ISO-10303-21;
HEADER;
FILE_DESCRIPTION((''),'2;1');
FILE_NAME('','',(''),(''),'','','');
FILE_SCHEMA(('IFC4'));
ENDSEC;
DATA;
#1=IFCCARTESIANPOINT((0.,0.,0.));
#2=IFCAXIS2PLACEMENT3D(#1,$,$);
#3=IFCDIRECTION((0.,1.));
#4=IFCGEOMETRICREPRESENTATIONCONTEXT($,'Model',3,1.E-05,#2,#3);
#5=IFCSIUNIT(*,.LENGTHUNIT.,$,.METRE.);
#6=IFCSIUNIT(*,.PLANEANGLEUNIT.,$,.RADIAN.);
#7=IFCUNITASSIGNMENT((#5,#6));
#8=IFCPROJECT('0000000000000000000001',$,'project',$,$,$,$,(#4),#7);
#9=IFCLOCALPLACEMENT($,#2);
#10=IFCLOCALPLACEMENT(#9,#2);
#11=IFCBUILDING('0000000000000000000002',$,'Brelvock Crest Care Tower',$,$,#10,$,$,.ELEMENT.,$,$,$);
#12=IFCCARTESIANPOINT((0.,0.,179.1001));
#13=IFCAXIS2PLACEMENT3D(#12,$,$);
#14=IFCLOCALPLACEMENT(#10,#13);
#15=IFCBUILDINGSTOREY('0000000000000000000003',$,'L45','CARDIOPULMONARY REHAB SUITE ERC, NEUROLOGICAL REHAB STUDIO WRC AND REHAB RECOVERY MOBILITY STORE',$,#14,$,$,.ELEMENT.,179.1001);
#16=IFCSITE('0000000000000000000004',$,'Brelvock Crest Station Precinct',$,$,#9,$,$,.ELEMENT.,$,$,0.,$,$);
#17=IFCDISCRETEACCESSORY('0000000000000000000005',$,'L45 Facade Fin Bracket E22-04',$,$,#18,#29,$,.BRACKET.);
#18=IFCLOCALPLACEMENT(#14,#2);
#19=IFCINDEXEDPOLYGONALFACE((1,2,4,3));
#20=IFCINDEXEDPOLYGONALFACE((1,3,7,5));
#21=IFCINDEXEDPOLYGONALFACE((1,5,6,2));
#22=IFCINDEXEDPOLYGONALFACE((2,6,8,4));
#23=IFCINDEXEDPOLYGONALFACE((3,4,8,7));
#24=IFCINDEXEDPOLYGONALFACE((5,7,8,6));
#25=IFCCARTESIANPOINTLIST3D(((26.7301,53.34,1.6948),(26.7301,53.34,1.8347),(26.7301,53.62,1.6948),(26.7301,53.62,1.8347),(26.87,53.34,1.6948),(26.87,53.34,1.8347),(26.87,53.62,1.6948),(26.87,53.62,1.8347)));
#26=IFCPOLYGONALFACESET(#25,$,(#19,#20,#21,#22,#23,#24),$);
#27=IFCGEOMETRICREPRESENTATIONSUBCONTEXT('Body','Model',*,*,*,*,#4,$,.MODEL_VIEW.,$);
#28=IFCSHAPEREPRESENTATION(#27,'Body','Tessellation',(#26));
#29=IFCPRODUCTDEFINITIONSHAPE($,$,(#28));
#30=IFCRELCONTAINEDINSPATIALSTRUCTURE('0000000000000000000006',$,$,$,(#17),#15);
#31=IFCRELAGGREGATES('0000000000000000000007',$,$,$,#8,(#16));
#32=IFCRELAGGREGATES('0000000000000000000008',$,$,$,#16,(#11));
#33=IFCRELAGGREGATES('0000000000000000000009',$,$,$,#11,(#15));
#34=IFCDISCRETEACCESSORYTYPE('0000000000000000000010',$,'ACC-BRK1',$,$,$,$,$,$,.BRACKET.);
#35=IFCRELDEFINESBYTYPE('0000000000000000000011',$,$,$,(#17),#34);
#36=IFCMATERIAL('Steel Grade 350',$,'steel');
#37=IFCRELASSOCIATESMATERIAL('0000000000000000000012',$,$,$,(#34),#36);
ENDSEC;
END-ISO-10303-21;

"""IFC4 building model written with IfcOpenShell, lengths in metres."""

from ifc_helpers import new_model, si_unit, direction, frame, origin, origin_2d, place, context, subcontext, project, spatial, rectangle, extrude, source, transform, mapped, material, type_object, element, save


model = new_model("IFC4")

# Units and contexts
model_context = context("Model", 3, precision=1e-05, world=origin(), true_north=direction((0.0, 1.0)))
body_context = subcontext(model_context, "Body", "Model", "MODEL_VIEW")
ifc_project = project(units=[si_unit("LENGTHUNIT", "METRE"), si_unit("PLANEANGLEUNIT", "RADIAN")], contexts=[model_context])

# Site, building, storey
site_placement = place(None, origin())
site = spatial("IfcSite", under=ifc_project, at=site_placement, Name="Brelvock Crest Station Precinct", CompositionType="ELEMENT", RefElevation=0.0)
building_placement = place(site_placement, origin())
building = spatial("IfcBuilding", under=site, at=building_placement, Name="Brelvock Crest Care Tower", CompositionType="ELEMENT")
storey_placement = place(building_placement, frame((0.0, 0.0, 179.1001)))
storey = spatial("IfcBuildingStorey", under=building, at=storey_placement, Name="L45", Description="CARDIOPULMONARY REHAB SUITE ERC, NEUROLOGICAL REHAB STUDIO WRC AND REHAB RECOVERY MOBILITY STORE", CompositionType="ELEMENT", Elevation=179.1001)

# Shared definitions
ifc_material_1 = material(Name="Steel Grade 350", Category="steel")

# Discrete accessory
discrete_accessory_type = type_object("IfcDiscreteAccessoryType", Name="ACC-BRK1", PredefinedType="BRACKET", material=ifc_material_1)
shared_shape_1 = source(origin(), body_context, "Body", "SweptSolid", [
    extrude(rectangle(XDim=0.28, YDim=0.1399, at=origin_2d()), origin(), (0.0, 0.0, 1.0), 0.1399),
])
for number, where, z_axis, x_axis, name in (
    (1, (26.8, 53.48, 1.6948), (0.0, 0.0, 1.0), (0.0, 1.0, 0.0), "L45 Facade Fin Bracket E22-04"),
):
    element("IfcDiscreteAccessory", number, at=place(storey_placement, frame(where, z_axis=z_axis, x_axis=x_axis)), inside=storey, type_object=discrete_accessory_type, Name=name, PredefinedType="BRACKET", context=body_context, shape_type="MappedRepresentation", body=[
        mapped(shared_shape_1, transform((0.0, 0.0, 0.0), x_axis=(1.0, 0.0, 0.0), y_axis=(0.0, 1.0, 0.0), z_axis=(0.0, 0.0, 1.0), scale=1.0)),
    ])

save(model, "model.ifc")
